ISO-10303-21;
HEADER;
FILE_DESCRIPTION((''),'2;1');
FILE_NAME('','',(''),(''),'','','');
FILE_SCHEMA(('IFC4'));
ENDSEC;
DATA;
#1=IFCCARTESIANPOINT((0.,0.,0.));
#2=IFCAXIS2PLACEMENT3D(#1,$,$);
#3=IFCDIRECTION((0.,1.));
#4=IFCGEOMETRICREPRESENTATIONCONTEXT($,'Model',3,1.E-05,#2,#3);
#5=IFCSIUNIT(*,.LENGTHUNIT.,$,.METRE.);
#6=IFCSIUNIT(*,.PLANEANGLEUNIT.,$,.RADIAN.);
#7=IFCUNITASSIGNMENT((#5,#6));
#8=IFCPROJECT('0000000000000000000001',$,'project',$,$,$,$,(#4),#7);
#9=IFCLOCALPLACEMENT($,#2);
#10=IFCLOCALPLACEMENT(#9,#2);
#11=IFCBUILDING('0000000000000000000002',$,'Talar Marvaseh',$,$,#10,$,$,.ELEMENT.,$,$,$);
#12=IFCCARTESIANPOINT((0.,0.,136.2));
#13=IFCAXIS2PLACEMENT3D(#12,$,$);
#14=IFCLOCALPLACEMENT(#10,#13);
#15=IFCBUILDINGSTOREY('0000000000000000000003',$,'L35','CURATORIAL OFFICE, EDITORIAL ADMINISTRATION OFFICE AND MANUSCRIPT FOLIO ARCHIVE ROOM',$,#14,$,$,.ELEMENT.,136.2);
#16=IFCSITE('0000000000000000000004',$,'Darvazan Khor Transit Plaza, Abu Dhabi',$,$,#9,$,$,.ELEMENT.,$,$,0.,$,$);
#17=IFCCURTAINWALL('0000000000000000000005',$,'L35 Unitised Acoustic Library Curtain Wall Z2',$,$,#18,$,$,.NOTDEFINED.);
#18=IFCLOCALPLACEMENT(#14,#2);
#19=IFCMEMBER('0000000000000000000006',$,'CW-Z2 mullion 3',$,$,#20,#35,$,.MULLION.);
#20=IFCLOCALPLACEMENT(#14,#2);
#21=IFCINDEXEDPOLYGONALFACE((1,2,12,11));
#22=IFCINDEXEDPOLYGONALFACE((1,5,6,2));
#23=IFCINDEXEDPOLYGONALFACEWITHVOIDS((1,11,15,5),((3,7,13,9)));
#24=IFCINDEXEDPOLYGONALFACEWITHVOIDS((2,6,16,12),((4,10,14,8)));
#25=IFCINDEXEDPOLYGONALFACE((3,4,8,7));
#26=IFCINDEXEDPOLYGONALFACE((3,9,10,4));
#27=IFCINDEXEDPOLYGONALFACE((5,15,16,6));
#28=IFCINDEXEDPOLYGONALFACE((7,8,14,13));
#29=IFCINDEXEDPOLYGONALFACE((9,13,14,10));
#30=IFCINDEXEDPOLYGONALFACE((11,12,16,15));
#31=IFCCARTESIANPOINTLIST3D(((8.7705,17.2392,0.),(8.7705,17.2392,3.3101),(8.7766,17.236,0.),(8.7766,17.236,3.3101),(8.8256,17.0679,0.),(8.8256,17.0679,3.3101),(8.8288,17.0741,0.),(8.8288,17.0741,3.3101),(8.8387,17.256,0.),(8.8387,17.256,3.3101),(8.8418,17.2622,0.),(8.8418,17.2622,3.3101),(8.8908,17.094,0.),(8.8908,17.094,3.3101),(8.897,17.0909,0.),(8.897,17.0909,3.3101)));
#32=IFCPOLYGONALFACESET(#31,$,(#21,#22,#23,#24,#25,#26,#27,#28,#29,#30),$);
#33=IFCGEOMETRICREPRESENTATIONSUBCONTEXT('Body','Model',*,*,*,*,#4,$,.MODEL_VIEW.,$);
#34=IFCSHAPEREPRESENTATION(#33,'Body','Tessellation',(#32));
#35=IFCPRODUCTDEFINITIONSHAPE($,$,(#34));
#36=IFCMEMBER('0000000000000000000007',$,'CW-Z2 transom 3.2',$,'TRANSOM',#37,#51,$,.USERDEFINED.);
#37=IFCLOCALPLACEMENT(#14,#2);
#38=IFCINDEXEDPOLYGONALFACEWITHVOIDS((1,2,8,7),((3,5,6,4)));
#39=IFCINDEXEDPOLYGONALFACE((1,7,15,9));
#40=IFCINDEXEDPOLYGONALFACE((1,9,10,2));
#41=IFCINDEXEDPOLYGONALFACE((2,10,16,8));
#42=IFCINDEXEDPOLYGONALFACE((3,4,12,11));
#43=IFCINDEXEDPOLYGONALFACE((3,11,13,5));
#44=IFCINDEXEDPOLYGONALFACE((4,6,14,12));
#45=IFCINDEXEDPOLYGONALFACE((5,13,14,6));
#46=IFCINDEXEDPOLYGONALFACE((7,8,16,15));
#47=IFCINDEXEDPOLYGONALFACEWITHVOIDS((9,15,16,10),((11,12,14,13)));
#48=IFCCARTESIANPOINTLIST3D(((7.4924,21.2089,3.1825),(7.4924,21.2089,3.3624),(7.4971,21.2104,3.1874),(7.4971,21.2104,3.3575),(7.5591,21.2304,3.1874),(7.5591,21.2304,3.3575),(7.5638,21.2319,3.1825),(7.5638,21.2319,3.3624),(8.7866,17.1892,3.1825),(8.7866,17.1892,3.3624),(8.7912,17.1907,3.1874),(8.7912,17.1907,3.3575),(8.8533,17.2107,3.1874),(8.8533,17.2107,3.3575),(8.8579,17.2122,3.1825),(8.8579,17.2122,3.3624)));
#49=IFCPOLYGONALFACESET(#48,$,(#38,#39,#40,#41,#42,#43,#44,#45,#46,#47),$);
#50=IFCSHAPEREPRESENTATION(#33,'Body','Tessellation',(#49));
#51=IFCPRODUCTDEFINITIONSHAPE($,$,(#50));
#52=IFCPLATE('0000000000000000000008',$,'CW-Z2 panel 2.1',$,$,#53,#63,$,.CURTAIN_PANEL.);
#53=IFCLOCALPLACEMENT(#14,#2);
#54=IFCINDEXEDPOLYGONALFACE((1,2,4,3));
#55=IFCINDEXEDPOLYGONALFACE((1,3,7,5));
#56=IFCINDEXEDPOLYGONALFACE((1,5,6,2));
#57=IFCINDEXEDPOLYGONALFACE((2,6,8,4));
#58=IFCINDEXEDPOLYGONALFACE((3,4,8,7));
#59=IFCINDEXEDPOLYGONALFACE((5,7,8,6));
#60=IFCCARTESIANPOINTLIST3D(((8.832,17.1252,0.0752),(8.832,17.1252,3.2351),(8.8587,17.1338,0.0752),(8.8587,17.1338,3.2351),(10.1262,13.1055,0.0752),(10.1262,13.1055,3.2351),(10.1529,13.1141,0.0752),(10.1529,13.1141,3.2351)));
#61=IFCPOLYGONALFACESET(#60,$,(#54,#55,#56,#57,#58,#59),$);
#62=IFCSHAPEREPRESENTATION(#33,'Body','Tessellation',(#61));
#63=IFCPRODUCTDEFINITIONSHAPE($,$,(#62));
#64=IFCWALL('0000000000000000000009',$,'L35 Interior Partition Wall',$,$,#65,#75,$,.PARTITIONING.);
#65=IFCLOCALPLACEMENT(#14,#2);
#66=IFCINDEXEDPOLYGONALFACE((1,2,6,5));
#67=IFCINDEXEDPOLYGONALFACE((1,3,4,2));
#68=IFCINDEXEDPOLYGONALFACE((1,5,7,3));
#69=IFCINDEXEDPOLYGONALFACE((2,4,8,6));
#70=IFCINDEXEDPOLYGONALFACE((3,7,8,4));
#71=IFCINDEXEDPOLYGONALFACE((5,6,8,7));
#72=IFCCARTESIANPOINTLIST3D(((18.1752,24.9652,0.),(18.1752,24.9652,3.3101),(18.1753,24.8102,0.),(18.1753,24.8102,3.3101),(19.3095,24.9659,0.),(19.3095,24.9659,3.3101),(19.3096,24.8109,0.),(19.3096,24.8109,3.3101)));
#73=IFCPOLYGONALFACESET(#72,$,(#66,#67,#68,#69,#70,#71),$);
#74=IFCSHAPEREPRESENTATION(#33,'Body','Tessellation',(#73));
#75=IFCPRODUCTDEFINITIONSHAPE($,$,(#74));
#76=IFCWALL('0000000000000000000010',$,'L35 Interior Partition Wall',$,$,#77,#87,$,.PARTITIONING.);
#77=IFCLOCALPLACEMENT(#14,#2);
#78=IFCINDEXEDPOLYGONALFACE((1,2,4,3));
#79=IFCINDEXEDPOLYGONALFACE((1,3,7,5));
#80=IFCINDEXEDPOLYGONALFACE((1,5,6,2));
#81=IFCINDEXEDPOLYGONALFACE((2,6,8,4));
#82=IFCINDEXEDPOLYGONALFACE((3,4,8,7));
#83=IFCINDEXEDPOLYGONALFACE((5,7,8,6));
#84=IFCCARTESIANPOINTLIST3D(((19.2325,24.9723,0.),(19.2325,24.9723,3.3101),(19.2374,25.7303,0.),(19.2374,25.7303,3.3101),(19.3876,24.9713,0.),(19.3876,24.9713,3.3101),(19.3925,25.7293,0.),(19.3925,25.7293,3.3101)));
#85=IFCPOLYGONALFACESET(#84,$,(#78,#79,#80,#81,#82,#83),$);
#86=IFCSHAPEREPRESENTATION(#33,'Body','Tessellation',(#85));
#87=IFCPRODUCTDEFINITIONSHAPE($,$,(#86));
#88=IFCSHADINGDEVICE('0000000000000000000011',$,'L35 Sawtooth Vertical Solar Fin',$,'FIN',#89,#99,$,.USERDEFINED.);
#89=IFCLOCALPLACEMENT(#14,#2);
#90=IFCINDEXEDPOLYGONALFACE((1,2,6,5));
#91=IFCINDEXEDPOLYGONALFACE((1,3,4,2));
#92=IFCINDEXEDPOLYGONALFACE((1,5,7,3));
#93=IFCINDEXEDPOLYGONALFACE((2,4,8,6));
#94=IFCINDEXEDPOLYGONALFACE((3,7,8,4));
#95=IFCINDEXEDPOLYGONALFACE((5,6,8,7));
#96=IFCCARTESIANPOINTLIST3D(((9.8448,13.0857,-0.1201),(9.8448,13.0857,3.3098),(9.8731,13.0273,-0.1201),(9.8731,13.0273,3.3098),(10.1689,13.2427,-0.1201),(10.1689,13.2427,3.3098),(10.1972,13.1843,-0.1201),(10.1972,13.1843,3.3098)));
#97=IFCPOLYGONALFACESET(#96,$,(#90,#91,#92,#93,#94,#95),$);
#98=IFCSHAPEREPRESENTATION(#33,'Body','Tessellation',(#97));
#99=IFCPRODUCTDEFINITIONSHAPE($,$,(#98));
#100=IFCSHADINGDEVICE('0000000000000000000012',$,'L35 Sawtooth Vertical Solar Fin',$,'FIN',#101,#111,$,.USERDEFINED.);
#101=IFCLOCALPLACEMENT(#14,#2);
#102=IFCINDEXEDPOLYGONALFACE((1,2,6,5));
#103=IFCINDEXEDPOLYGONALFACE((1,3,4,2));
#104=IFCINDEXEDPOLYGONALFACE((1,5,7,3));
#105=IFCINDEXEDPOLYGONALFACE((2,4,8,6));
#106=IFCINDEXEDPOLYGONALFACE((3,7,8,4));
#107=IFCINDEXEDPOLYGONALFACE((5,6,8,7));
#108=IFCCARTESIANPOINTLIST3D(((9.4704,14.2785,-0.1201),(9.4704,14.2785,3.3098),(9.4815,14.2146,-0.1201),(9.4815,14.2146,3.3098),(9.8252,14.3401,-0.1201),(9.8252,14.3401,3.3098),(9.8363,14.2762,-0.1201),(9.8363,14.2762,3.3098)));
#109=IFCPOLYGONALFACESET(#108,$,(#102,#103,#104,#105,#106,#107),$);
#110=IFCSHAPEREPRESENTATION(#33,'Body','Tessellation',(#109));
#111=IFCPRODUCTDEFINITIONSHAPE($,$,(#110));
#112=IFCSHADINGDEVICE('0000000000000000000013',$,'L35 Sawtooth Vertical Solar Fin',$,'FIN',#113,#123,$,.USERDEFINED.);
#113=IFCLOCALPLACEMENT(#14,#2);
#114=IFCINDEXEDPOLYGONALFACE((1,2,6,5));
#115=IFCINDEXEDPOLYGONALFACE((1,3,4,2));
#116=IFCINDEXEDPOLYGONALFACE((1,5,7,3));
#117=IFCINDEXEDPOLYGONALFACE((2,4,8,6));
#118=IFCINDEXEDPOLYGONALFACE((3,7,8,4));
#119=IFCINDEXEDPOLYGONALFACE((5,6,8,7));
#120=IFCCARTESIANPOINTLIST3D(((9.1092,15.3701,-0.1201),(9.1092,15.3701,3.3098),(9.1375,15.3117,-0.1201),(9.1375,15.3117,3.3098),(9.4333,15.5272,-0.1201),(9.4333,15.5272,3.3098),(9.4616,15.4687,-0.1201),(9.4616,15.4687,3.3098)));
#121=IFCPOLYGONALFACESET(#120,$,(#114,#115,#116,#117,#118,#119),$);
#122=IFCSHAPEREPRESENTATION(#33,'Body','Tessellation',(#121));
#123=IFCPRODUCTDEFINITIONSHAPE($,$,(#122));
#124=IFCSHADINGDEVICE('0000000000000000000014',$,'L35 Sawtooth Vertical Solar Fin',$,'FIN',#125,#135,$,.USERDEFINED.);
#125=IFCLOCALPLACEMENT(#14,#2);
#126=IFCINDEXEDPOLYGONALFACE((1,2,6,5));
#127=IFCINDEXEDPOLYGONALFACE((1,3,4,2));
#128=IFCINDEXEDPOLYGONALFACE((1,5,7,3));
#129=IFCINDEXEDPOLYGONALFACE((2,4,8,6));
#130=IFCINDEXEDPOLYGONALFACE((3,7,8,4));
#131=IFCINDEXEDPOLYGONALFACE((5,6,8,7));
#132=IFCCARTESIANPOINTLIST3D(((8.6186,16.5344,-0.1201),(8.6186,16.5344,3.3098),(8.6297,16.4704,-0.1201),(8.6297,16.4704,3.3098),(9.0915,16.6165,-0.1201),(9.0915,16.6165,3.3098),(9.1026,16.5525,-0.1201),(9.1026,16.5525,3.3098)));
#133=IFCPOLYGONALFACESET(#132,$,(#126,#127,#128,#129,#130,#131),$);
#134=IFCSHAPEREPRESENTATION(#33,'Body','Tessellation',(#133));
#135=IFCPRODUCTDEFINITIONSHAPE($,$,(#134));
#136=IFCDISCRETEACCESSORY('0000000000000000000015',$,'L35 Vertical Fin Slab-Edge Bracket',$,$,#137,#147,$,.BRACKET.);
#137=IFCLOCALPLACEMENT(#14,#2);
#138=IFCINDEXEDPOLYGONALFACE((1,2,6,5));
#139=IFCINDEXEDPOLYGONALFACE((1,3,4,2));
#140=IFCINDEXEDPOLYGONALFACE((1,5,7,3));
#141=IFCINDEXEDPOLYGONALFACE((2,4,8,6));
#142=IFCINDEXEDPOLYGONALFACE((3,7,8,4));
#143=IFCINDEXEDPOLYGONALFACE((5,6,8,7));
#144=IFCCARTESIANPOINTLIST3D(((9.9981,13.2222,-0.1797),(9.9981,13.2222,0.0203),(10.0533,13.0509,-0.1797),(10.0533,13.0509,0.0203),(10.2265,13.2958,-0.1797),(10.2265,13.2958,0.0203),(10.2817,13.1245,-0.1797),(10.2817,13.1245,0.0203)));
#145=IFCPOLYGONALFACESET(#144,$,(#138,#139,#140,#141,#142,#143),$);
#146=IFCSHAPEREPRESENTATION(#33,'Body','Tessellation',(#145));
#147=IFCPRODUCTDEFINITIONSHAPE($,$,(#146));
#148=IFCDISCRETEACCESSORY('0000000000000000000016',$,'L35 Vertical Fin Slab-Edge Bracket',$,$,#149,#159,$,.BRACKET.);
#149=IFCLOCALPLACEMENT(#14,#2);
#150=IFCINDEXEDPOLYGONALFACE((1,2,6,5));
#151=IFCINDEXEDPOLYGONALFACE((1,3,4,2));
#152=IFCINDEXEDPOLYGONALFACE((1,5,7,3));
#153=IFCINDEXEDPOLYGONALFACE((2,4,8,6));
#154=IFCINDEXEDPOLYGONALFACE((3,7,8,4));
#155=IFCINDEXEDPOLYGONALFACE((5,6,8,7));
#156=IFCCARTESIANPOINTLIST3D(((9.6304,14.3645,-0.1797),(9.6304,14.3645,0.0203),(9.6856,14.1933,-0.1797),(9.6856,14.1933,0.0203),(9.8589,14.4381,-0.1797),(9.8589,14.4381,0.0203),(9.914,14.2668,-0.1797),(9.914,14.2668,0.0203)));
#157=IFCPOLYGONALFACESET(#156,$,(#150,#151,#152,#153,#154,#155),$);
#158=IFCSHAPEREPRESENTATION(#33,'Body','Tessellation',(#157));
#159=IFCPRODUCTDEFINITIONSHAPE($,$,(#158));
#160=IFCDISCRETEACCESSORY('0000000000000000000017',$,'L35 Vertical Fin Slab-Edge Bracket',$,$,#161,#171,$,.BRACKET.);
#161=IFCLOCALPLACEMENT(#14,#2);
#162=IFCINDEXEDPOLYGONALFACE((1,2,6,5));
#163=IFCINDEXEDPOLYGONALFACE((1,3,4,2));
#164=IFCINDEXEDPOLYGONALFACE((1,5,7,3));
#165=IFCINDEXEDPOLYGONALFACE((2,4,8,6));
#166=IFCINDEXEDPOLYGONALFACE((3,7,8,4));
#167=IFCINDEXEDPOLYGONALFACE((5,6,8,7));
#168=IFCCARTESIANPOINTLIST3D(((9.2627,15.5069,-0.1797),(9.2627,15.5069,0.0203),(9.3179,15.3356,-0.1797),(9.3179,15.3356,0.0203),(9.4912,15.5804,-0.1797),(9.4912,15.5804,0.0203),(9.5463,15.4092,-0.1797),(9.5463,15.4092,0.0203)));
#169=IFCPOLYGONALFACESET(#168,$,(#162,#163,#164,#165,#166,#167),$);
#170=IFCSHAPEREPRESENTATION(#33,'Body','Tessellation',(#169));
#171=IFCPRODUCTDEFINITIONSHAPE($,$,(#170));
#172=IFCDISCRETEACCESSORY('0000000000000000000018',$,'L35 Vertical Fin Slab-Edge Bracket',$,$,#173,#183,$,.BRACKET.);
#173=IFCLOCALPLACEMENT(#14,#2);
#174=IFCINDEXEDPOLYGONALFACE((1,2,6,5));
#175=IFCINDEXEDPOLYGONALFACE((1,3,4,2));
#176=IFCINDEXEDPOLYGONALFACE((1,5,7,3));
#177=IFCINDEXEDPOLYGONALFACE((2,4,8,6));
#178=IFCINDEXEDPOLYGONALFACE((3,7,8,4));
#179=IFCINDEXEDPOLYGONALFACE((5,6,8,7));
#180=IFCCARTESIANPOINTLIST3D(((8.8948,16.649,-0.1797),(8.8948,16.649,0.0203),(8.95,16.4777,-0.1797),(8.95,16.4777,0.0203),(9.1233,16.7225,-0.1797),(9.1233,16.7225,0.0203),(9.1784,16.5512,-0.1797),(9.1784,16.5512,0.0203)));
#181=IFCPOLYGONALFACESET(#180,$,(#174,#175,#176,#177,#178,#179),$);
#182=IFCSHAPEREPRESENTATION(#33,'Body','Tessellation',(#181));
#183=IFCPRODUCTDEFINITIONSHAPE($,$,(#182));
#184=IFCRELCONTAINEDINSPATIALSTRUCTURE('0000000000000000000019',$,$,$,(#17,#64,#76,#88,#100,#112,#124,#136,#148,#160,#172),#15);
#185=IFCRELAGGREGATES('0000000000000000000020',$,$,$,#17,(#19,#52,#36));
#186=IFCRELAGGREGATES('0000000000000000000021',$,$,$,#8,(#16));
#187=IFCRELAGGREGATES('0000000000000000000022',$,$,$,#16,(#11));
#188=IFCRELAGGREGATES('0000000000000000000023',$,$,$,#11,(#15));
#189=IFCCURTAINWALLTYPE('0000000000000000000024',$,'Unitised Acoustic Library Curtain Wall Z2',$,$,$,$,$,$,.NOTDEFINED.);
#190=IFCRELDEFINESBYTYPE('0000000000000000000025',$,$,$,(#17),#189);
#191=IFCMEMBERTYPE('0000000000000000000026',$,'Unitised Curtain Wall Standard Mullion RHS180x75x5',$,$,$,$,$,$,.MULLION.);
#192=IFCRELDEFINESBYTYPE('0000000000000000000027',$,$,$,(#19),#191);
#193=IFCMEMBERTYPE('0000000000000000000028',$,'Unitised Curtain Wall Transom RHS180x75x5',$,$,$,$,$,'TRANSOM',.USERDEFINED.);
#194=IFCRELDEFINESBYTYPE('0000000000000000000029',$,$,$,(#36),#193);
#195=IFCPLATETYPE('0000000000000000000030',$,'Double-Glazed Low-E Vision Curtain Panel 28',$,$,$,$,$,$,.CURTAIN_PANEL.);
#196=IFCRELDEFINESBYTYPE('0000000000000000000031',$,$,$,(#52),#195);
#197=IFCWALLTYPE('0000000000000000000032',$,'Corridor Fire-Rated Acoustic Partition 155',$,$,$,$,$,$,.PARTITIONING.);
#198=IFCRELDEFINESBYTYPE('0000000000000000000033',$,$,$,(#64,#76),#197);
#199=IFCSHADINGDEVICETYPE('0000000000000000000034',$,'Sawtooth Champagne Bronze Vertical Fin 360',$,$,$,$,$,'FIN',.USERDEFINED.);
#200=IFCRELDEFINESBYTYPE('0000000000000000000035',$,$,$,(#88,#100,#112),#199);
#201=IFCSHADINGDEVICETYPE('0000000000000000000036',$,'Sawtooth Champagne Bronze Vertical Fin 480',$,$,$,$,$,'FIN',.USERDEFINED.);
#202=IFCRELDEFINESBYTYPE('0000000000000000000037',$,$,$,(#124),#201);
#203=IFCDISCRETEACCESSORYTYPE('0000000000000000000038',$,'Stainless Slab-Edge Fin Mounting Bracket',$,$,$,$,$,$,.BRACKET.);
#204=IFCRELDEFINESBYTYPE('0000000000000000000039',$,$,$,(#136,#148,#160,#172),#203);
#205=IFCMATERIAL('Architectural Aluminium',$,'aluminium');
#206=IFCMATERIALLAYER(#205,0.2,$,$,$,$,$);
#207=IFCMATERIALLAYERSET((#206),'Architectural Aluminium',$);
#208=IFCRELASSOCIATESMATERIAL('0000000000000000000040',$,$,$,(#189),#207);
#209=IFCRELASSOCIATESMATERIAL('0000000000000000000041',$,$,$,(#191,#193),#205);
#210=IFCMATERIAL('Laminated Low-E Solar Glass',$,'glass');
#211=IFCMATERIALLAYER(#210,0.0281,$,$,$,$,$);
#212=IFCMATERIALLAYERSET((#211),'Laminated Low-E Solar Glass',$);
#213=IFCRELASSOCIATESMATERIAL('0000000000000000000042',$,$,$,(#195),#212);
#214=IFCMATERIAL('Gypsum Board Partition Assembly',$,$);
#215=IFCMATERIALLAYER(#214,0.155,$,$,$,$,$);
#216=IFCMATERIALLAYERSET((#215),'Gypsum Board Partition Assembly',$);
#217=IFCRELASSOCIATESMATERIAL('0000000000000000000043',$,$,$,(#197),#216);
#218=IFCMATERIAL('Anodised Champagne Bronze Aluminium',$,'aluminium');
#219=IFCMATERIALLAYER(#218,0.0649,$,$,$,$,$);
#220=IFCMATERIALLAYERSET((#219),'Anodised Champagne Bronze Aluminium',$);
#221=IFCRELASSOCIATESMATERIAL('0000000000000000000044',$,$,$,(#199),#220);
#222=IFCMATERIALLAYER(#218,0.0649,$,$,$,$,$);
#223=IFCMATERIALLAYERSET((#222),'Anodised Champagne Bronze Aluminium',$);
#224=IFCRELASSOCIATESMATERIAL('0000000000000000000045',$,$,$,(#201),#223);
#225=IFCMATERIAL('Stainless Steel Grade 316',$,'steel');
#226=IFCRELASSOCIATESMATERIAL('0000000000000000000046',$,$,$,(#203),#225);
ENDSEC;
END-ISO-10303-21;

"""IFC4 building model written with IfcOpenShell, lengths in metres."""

from ifc_helpers import new_model, si_unit, direction, frame, frame_2d, origin, origin_2d, place, context, subcontext, project, spatial, rectangle, hollow_rectangle, extrude, source, transform, mapped, material, layer, layer_set, material_profile, profile_set, type_object, type_shapes, element, aggregate, save


model = new_model("IFC4")

# Units and contexts
model_context = context("Model", 3, precision=1e-05, world=origin(), true_north=direction((0.0, 1.0)))
body_context = subcontext(model_context, "Body", "Model", "MODEL_VIEW")
ifc_project = project(units=[si_unit("LENGTHUNIT", "METRE"), si_unit("PLANEANGLEUNIT", "RADIAN")], contexts=[model_context])

# Site, building, storey
site_placement = place(None, origin())
site = spatial("IfcSite", under=ifc_project, at=site_placement, Name="Darvazan Khor Transit Plaza, Abu Dhabi", CompositionType="ELEMENT", RefElevation=0.0)
building_placement = place(site_placement, origin())
building = spatial("IfcBuilding", under=site, at=building_placement, Name="Talar Marvaseh", CompositionType="ELEMENT")
storey_placement = place(building_placement, frame((0.0, 0.0, 136.2)))
storey = spatial("IfcBuildingStorey", under=building, at=storey_placement, Name="L35", Description="CURATORIAL OFFICE, EDITORIAL ADMINISTRATION OFFICE AND MANUSCRIPT FOLIO ARCHIVE ROOM", CompositionType="ELEMENT", Elevation=136.2)

# Curtain wall, members, plate
ifc_material_1 = material(Name="Architectural Aluminium", Category="aluminium")
ifc_layer_1 = layer(ifc_material_1, 0.2)
ifc_layer_set_1 = layer_set([ifc_layer_1], Name="Architectural Aluminium")
curtain_wall_type = type_object("IfcCurtainWallType", Name="Unitised Acoustic Library Curtain Wall Z2", PredefinedType="NOTDEFINED", material=ifc_layer_set_1)
curtain_wall_placement = place(storey_placement, origin())
curtain_wall = element("IfcCurtainWall", 1, at=curtain_wall_placement, inside=storey, type_object=curtain_wall_type, Name="L35 Unitised Acoustic Library Curtain Wall Z2", PredefinedType="NOTDEFINED")
ifc_material_profile_1 = material_profile(ifc_material_1, hollow_rectangle(XDim=0.075, YDim=0.1799, WallThickness=0.0049, at=origin_2d()), Name="RHS180x75x5")
ifc_profile_set_1 = profile_set([ifc_material_profile_1], Name="Architectural Aluminium")
member_type_1 = type_object("IfcMemberType", Name="Unitised Curtain Wall Standard Mullion RHS180x75x5", PredefinedType="MULLION", material=ifc_profile_set_1)
shared_shape_1 = source(origin(), body_context, "Body", "SweptSolid", [
    extrude(hollow_rectangle(XDim=0.075, YDim=0.1799, WallThickness=0.0049, at=origin_2d()), origin(), (0.0, 0.0, 1.0), 3.3101),
])
type_shapes(member_type_1, [shared_shape_1])
member_1_placement = place(storey_placement, frame((8.8337, 17.165, 0.0), z_axis=(0.0, 0.0, 1.0), x_axis=(-0.951882, -0.306463, 0.0)))
member_1 = element("IfcMember", 2, at=member_1_placement, type_object=member_type_1, Name="CW-Z2 mullion 3", PredefinedType="MULLION", context=body_context, shape_type="MappedRepresentation", body=[
    mapped(shared_shape_1, transform((0.0, 0.0, 0.0), x_axis=(1.0, 0.0, 0.0), y_axis=(0.0, 1.0, 0.0), z_axis=(0.0, 0.0, 1.0), scale=1.0)),
])
ifc_material_profile_2 = material_profile(ifc_material_1, hollow_rectangle(XDim=0.075, YDim=0.1799, WallThickness=0.0049, at=origin_2d()), Name="RHS180x75x5")
ifc_profile_set_2 = profile_set([ifc_material_profile_2], Name="Architectural Aluminium")
member_type_2 = type_object("IfcMemberType", Name="Unitised Curtain Wall Transom RHS180x75x5", ElementType="TRANSOM", PredefinedType="USERDEFINED", material=ifc_profile_set_2)
shared_shape_2 = source(origin(), body_context, "Body", "SweptSolid", [
    extrude(hollow_rectangle(XDim=0.075, YDim=0.1799, WallThickness=0.0049, at=origin_2d()), origin(), (0.0, 0.0, 1.0), 4.2229),
])
type_shapes(member_type_2, [shared_shape_2])
member_2_placement = place(storey_placement, frame((8.8223, 17.2007, 3.2725), z_axis=(-0.306464, 0.951882, 0.0), x_axis=(-0.951882, -0.306464, 0.0)))
member_2 = element("IfcMember", 3, at=member_2_placement, type_object=member_type_2, Name="CW-Z2 transom 3.2", ObjectType="TRANSOM", PredefinedType="USERDEFINED", context=body_context, shape_type="MappedRepresentation", body=[
    mapped(shared_shape_2, transform((0.0, 0.0, 0.0), x_axis=(1.0, 0.0, 0.0), y_axis=(0.0, 1.0, 0.0), z_axis=(0.0, 0.0, 1.0), scale=1.0)),
])
ifc_material_2 = material(Name="Laminated Low-E Solar Glass", Category="glass")
ifc_layer_2 = layer(ifc_material_2, 0.0281)
ifc_layer_set_2 = layer_set([ifc_layer_2], Name="Laminated Low-E Solar Glass")
plate_type = type_object("IfcPlateType", Name="Double-Glazed Low-E Vision Curtain Panel 28", PredefinedType="CURTAIN_PANEL", material=ifc_layer_set_2)
shared_shape_3 = source(origin(), body_context, "Body", "SweptSolid", [
    extrude(rectangle(XDim=4.2229, YDim=0.0281, at=origin_2d()), origin(), (0.0, 0.0, 1.0), 3.1599),
])
type_shapes(plate_type, [shared_shape_3])
plate_placement = place(storey_placement, frame((9.4924, 15.1196, 0.0752), z_axis=(0.0, 0.0, 1.0), x_axis=(-0.306463, 0.951882, 0.0)))
plate = element("IfcPlate", 4, at=plate_placement, type_object=plate_type, Name="CW-Z2 panel 2.1", PredefinedType="CURTAIN_PANEL", context=body_context, shape_type="MappedRepresentation", body=[
    mapped(shared_shape_3, transform((0.0, 0.0, 0.0), x_axis=(1.0, 0.0, 0.0), y_axis=(0.0, 1.0, 0.0), z_axis=(0.0, 0.0, 1.0), scale=1.0)),
])
aggregate(curtain_wall, [member_1, plate, member_2])

# Walls
ifc_material_3 = material(Name="Gypsum Board Partition Assembly")
ifc_layer_3 = layer(ifc_material_3, 0.155)
ifc_layer_set_3 = layer_set([ifc_layer_3], Name="Gypsum Board Partition Assembly")
wall_type = type_object("IfcWallType", Name="Corridor Fire-Rated Acoustic Partition 155", PredefinedType="PARTITIONING", material=ifc_layer_set_3)
wall_1_placement = place(storey_placement, frame((18.1753, 24.8877, 0.0), z_axis=(0.0, 0.0, 1.0), x_axis=(1.0, 0.000646, 0.0)))
element("IfcWall", 5, at=wall_1_placement, inside=storey, type_object=wall_type, Name="L35 Interior Partition Wall", PredefinedType="PARTITIONING", context=body_context, shape_type="SweptSolid", body=[
    extrude(rectangle(XDim=1.1343, YDim=0.155, at=frame_2d((0.5671, 0.0))), origin(), (0.0, 0.0, 1.0), 3.3101),
])
wall_2_placement = place(storey_placement, frame((19.3101, 24.9719, 0.0), z_axis=(0.0, 0.0, 1.0), x_axis=(0.006441, 0.999979, 0.0)))
element("IfcWall", 6, at=wall_2_placement, inside=storey, type_object=wall_type, Name="L35 Interior Partition Wall", PredefinedType="PARTITIONING", context=body_context, shape_type="SweptSolid", body=[
    extrude(rectangle(XDim=0.7581, YDim=0.155, at=frame_2d((0.3789, 0.0))), origin(), (0.0, 0.0, 1.0), 3.3101),
])

# Shading devices
ifc_material_4 = material(Name="Anodised Champagne Bronze Aluminium", Category="aluminium")
ifc_layer_4 = layer(ifc_material_4, 0.0649)
ifc_layer_set_4 = layer_set([ifc_layer_4], Name="Anodised Champagne Bronze Aluminium")
shading_device_type_1 = type_object("IfcShadingDeviceType", Name="Sawtooth Champagne Bronze Vertical Fin 360", ElementType="FIN", PredefinedType="USERDEFINED", material=ifc_layer_set_4)
shared_shape_4 = source(origin(), body_context, "Body", "SweptSolid", [
    extrude(rectangle(XDim=0.3601, YDim=0.0649, at=origin_2d()), origin(), (0.0, 0.0, 1.0), 3.4299),
])
type_shapes(shading_device_type_1, [shared_shape_4])
for number, where, z_axis, x_axis, name in (
    (7, (10.021, 13.135, -0.1201), (0.0, 0.0, 1.0), (-0.899939, -0.436017, 0.0), "L35 Sawtooth Vertical Solar Fin"),
    (8, (9.6533, 14.2773, -0.1201), (0.0, 0.0, 1.0), (-0.985259, -0.171069, 0.0), "L35 Sawtooth Vertical Solar Fin"),
    (9, (9.2854, 15.4194, -0.1201), (0.0, 0.0, 1.0), (-0.899939, -0.436017, 0.0), "L35 Sawtooth Vertical Solar Fin"),
):
    element("IfcShadingDevice", number, at=place(storey_placement, frame(where, z_axis=z_axis, x_axis=x_axis)), inside=storey, type_object=shading_device_type_1, Name=name, ObjectType="FIN", PredefinedType="USERDEFINED", context=body_context, shape_type="MappedRepresentation", body=[
        mapped(shared_shape_4, transform((0.0, 0.0, 0.0), x_axis=(1.0, 0.0, 0.0), y_axis=(0.0, 1.0, 0.0), z_axis=(0.0, 0.0, 1.0), scale=1.0)),
    ])
ifc_layer_5 = layer(ifc_material_4, 0.0649)
ifc_layer_set_5 = layer_set([ifc_layer_5], Name="Anodised Champagne Bronze Aluminium")
shading_device_type_2 = type_object("IfcShadingDeviceType", Name="Sawtooth Champagne Bronze Vertical Fin 480", ElementType="FIN", PredefinedType="USERDEFINED", material=ifc_layer_set_5)
shared_shape_5 = source(origin(), body_context, "Body", "SweptSolid", [
    extrude(rectangle(XDim=0.48, YDim=0.0649, at=origin_2d()), origin(), (0.0, 0.0, 1.0), 3.4299),
])
type_shapes(shading_device_type_2, [shared_shape_5])
shading_device_placement = place(storey_placement, frame((8.8606, 16.5435, -0.1201), z_axis=(0.0, 0.0, 1.0), x_axis=(-0.985259, -0.171069, 0.0)))
element("IfcShadingDevice", 10, at=shading_device_placement, inside=storey, type_object=shading_device_type_2, Name="L35 Sawtooth Vertical Solar Fin", ObjectType="FIN", PredefinedType="USERDEFINED", context=body_context, shape_type="MappedRepresentation", body=[
    mapped(shared_shape_5, transform((0.0, 0.0, 0.0), x_axis=(1.0, 0.0, 0.0), y_axis=(0.0, 1.0, 0.0), z_axis=(0.0, 0.0, 1.0), scale=1.0)),
])

# Discrete accessories
ifc_material_5 = material(Name="Stainless Steel Grade 316", Category="steel")
discrete_accessory_type = type_object("IfcDiscreteAccessoryType", Name="Stainless Slab-Edge Fin Mounting Bracket", PredefinedType="BRACKET", material=ifc_material_5)
shared_shape_6 = source(origin(), body_context, "Body", "SweptSolid", [
    extrude(rectangle(XDim=0.24, YDim=0.1799, at=origin_2d()), origin(), (0.0, 0.0, 1.0), 0.2),
])
type_shapes(discrete_accessory_type, [shared_shape_6])
for number, where, z_axis, x_axis, name in (
    (11, (10.1399, 13.1733, -0.1797), (0.0, 0.0, 1.0), (-0.951862, -0.306526, 0.0), "L35 Vertical Fin Slab-Edge Bracket"),
    (12, (9.7722, 14.3157, -0.1797), (0.0, 0.0, 1.0), (-0.951862, -0.306526, 0.0), "L35 Vertical Fin Slab-Edge Bracket"),
    (13, (9.4045, 15.458, -0.1797), (0.0, 0.0, 1.0), (-0.951862, -0.306526, 0.0), "L35 Vertical Fin Slab-Edge Bracket"),
    (14, (9.0366, 16.6001, -0.1797), (0.0, 0.0, 1.0), (-0.951862, -0.306526, 0.0), "L35 Vertical Fin Slab-Edge Bracket"),
):
    element("IfcDiscreteAccessory", number, at=place(storey_placement, frame(where, z_axis=z_axis, x_axis=x_axis)), inside=storey, type_object=discrete_accessory_type, Name=name, PredefinedType="BRACKET", context=body_context, shape_type="MappedRepresentation", body=[
        mapped(shared_shape_6, transform((0.0, 0.0, 0.0), x_axis=(1.0, 0.0, 0.0), y_axis=(0.0, 1.0, 0.0), z_axis=(0.0, 0.0, 1.0), scale=1.0)),
    ])

save(model, "model.ifc")
